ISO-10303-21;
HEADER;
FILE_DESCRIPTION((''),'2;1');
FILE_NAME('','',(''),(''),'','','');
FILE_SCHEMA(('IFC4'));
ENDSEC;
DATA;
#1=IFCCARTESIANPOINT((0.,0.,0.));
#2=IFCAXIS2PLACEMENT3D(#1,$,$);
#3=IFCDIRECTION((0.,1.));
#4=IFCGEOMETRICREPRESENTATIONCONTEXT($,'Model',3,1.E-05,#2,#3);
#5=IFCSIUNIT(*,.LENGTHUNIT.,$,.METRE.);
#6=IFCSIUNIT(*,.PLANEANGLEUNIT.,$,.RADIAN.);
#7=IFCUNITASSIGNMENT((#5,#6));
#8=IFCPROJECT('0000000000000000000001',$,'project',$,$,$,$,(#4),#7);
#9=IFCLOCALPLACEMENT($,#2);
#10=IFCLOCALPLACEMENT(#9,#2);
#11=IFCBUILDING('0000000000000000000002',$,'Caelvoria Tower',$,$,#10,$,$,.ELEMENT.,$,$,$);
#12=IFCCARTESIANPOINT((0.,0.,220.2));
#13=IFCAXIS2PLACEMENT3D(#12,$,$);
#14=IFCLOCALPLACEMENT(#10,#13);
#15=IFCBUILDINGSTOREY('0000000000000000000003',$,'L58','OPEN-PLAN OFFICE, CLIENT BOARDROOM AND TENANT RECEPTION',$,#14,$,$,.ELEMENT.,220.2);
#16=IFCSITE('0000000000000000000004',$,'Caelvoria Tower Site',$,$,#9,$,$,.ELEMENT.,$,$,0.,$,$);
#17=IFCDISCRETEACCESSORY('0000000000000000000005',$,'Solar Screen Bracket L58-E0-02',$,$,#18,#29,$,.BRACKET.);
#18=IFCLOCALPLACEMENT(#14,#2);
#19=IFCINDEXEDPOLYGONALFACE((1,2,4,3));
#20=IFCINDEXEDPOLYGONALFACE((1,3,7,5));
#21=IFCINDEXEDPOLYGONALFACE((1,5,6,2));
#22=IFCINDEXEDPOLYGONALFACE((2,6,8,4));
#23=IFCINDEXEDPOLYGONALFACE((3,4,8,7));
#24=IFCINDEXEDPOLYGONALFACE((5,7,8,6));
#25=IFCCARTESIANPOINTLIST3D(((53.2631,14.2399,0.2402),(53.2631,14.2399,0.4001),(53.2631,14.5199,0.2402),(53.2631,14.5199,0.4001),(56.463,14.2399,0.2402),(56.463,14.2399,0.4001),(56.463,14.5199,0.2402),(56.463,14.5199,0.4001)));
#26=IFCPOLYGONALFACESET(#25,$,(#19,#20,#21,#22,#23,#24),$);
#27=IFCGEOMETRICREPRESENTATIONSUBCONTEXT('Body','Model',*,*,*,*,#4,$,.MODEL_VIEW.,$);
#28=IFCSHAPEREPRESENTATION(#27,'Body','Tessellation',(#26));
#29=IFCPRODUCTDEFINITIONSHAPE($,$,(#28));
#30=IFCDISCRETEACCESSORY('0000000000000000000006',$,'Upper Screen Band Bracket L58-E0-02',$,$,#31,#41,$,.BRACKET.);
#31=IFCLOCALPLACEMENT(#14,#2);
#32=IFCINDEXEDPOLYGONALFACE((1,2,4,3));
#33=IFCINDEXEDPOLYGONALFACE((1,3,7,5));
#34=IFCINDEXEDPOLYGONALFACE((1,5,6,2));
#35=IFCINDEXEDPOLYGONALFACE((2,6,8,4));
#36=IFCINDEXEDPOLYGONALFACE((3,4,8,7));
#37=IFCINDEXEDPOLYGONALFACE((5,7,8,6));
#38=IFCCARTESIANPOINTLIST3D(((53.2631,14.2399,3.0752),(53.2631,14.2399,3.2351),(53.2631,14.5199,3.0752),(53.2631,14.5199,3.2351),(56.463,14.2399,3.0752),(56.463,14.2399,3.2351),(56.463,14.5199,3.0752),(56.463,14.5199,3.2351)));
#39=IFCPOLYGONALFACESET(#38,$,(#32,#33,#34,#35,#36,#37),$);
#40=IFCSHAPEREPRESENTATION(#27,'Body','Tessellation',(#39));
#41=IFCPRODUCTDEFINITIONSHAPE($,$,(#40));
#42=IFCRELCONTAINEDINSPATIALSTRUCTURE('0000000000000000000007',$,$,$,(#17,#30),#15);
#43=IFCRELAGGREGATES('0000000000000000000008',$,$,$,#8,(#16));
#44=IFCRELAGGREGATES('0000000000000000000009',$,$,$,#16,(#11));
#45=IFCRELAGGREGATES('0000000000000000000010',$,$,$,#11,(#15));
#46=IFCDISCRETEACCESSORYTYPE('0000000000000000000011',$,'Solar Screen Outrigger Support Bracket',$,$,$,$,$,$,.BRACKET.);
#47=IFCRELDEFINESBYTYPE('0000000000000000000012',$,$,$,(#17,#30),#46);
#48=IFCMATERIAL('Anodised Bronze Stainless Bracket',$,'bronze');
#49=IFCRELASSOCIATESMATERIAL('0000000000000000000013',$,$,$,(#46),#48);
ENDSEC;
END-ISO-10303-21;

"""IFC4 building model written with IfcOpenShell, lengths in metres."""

from ifc_helpers import new_model, si_unit, direction, frame, origin, origin_2d, place, context, subcontext, project, spatial, rectangle, extrude, material, type_object, element, save


model = new_model("IFC4")

# Units and contexts
model_context = context("Model", 3, precision=1e-05, world=origin(), true_north=direction((0.0, 1.0)))
body_context = subcontext(model_context, "Body", "Model", "MODEL_VIEW")
ifc_project = project(units=[si_unit("LENGTHUNIT", "METRE"), si_unit("PLANEANGLEUNIT", "RADIAN")], contexts=[model_context])

# Site, building, storey
site_placement = place(None, origin())
site = spatial("IfcSite", under=ifc_project, at=site_placement, Name="Caelvoria Tower Site", CompositionType="ELEMENT", RefElevation=0.0)
building_placement = place(site_placement, origin())
building = spatial("IfcBuilding", under=site, at=building_placement, Name="Caelvoria Tower", CompositionType="ELEMENT")
storey_placement = place(building_placement, frame((0.0, 0.0, 220.2)))
storey = spatial("IfcBuildingStorey", under=building, at=storey_placement, Name="L58", Description="OPEN-PLAN OFFICE, CLIENT BOARDROOM AND TENANT RECEPTION", CompositionType="ELEMENT", Elevation=220.2)

# Discrete accessories
ifc_material_1 = material(Name="Anodised Bronze Stainless Bracket", Category="bronze")
discrete_accessory_type = type_object("IfcDiscreteAccessoryType", Name="Solar Screen Outrigger Support Bracket", PredefinedType="BRACKET", material=ifc_material_1)
for number, where, z_axis, x_axis, name in (
    (1, (54.863, 14.3799, 0.2402), (0.0, 0.0, 1.0), (1.0, 0.0, 0.0), "Solar Screen Bracket L58-E0-02"),
    (2, (54.863, 14.3799, 3.0752), (0.0, 0.0, 1.0), (1.0, 0.0, 0.0), "Upper Screen Band Bracket L58-E0-02"),
):
    element("IfcDiscreteAccessory", number, at=place(storey_placement, frame(where, z_axis=z_axis, x_axis=x_axis)), inside=storey, type_object=discrete_accessory_type, Name=name, PredefinedType="BRACKET", context=body_context, shape_type="SweptSolid", body=[
        extrude(rectangle(XDim=3.2, YDim=0.28, at=origin_2d()), origin(), (0.0, 0.0, 1.0), 0.1599),
    ])

save(model, "model.ifc")
